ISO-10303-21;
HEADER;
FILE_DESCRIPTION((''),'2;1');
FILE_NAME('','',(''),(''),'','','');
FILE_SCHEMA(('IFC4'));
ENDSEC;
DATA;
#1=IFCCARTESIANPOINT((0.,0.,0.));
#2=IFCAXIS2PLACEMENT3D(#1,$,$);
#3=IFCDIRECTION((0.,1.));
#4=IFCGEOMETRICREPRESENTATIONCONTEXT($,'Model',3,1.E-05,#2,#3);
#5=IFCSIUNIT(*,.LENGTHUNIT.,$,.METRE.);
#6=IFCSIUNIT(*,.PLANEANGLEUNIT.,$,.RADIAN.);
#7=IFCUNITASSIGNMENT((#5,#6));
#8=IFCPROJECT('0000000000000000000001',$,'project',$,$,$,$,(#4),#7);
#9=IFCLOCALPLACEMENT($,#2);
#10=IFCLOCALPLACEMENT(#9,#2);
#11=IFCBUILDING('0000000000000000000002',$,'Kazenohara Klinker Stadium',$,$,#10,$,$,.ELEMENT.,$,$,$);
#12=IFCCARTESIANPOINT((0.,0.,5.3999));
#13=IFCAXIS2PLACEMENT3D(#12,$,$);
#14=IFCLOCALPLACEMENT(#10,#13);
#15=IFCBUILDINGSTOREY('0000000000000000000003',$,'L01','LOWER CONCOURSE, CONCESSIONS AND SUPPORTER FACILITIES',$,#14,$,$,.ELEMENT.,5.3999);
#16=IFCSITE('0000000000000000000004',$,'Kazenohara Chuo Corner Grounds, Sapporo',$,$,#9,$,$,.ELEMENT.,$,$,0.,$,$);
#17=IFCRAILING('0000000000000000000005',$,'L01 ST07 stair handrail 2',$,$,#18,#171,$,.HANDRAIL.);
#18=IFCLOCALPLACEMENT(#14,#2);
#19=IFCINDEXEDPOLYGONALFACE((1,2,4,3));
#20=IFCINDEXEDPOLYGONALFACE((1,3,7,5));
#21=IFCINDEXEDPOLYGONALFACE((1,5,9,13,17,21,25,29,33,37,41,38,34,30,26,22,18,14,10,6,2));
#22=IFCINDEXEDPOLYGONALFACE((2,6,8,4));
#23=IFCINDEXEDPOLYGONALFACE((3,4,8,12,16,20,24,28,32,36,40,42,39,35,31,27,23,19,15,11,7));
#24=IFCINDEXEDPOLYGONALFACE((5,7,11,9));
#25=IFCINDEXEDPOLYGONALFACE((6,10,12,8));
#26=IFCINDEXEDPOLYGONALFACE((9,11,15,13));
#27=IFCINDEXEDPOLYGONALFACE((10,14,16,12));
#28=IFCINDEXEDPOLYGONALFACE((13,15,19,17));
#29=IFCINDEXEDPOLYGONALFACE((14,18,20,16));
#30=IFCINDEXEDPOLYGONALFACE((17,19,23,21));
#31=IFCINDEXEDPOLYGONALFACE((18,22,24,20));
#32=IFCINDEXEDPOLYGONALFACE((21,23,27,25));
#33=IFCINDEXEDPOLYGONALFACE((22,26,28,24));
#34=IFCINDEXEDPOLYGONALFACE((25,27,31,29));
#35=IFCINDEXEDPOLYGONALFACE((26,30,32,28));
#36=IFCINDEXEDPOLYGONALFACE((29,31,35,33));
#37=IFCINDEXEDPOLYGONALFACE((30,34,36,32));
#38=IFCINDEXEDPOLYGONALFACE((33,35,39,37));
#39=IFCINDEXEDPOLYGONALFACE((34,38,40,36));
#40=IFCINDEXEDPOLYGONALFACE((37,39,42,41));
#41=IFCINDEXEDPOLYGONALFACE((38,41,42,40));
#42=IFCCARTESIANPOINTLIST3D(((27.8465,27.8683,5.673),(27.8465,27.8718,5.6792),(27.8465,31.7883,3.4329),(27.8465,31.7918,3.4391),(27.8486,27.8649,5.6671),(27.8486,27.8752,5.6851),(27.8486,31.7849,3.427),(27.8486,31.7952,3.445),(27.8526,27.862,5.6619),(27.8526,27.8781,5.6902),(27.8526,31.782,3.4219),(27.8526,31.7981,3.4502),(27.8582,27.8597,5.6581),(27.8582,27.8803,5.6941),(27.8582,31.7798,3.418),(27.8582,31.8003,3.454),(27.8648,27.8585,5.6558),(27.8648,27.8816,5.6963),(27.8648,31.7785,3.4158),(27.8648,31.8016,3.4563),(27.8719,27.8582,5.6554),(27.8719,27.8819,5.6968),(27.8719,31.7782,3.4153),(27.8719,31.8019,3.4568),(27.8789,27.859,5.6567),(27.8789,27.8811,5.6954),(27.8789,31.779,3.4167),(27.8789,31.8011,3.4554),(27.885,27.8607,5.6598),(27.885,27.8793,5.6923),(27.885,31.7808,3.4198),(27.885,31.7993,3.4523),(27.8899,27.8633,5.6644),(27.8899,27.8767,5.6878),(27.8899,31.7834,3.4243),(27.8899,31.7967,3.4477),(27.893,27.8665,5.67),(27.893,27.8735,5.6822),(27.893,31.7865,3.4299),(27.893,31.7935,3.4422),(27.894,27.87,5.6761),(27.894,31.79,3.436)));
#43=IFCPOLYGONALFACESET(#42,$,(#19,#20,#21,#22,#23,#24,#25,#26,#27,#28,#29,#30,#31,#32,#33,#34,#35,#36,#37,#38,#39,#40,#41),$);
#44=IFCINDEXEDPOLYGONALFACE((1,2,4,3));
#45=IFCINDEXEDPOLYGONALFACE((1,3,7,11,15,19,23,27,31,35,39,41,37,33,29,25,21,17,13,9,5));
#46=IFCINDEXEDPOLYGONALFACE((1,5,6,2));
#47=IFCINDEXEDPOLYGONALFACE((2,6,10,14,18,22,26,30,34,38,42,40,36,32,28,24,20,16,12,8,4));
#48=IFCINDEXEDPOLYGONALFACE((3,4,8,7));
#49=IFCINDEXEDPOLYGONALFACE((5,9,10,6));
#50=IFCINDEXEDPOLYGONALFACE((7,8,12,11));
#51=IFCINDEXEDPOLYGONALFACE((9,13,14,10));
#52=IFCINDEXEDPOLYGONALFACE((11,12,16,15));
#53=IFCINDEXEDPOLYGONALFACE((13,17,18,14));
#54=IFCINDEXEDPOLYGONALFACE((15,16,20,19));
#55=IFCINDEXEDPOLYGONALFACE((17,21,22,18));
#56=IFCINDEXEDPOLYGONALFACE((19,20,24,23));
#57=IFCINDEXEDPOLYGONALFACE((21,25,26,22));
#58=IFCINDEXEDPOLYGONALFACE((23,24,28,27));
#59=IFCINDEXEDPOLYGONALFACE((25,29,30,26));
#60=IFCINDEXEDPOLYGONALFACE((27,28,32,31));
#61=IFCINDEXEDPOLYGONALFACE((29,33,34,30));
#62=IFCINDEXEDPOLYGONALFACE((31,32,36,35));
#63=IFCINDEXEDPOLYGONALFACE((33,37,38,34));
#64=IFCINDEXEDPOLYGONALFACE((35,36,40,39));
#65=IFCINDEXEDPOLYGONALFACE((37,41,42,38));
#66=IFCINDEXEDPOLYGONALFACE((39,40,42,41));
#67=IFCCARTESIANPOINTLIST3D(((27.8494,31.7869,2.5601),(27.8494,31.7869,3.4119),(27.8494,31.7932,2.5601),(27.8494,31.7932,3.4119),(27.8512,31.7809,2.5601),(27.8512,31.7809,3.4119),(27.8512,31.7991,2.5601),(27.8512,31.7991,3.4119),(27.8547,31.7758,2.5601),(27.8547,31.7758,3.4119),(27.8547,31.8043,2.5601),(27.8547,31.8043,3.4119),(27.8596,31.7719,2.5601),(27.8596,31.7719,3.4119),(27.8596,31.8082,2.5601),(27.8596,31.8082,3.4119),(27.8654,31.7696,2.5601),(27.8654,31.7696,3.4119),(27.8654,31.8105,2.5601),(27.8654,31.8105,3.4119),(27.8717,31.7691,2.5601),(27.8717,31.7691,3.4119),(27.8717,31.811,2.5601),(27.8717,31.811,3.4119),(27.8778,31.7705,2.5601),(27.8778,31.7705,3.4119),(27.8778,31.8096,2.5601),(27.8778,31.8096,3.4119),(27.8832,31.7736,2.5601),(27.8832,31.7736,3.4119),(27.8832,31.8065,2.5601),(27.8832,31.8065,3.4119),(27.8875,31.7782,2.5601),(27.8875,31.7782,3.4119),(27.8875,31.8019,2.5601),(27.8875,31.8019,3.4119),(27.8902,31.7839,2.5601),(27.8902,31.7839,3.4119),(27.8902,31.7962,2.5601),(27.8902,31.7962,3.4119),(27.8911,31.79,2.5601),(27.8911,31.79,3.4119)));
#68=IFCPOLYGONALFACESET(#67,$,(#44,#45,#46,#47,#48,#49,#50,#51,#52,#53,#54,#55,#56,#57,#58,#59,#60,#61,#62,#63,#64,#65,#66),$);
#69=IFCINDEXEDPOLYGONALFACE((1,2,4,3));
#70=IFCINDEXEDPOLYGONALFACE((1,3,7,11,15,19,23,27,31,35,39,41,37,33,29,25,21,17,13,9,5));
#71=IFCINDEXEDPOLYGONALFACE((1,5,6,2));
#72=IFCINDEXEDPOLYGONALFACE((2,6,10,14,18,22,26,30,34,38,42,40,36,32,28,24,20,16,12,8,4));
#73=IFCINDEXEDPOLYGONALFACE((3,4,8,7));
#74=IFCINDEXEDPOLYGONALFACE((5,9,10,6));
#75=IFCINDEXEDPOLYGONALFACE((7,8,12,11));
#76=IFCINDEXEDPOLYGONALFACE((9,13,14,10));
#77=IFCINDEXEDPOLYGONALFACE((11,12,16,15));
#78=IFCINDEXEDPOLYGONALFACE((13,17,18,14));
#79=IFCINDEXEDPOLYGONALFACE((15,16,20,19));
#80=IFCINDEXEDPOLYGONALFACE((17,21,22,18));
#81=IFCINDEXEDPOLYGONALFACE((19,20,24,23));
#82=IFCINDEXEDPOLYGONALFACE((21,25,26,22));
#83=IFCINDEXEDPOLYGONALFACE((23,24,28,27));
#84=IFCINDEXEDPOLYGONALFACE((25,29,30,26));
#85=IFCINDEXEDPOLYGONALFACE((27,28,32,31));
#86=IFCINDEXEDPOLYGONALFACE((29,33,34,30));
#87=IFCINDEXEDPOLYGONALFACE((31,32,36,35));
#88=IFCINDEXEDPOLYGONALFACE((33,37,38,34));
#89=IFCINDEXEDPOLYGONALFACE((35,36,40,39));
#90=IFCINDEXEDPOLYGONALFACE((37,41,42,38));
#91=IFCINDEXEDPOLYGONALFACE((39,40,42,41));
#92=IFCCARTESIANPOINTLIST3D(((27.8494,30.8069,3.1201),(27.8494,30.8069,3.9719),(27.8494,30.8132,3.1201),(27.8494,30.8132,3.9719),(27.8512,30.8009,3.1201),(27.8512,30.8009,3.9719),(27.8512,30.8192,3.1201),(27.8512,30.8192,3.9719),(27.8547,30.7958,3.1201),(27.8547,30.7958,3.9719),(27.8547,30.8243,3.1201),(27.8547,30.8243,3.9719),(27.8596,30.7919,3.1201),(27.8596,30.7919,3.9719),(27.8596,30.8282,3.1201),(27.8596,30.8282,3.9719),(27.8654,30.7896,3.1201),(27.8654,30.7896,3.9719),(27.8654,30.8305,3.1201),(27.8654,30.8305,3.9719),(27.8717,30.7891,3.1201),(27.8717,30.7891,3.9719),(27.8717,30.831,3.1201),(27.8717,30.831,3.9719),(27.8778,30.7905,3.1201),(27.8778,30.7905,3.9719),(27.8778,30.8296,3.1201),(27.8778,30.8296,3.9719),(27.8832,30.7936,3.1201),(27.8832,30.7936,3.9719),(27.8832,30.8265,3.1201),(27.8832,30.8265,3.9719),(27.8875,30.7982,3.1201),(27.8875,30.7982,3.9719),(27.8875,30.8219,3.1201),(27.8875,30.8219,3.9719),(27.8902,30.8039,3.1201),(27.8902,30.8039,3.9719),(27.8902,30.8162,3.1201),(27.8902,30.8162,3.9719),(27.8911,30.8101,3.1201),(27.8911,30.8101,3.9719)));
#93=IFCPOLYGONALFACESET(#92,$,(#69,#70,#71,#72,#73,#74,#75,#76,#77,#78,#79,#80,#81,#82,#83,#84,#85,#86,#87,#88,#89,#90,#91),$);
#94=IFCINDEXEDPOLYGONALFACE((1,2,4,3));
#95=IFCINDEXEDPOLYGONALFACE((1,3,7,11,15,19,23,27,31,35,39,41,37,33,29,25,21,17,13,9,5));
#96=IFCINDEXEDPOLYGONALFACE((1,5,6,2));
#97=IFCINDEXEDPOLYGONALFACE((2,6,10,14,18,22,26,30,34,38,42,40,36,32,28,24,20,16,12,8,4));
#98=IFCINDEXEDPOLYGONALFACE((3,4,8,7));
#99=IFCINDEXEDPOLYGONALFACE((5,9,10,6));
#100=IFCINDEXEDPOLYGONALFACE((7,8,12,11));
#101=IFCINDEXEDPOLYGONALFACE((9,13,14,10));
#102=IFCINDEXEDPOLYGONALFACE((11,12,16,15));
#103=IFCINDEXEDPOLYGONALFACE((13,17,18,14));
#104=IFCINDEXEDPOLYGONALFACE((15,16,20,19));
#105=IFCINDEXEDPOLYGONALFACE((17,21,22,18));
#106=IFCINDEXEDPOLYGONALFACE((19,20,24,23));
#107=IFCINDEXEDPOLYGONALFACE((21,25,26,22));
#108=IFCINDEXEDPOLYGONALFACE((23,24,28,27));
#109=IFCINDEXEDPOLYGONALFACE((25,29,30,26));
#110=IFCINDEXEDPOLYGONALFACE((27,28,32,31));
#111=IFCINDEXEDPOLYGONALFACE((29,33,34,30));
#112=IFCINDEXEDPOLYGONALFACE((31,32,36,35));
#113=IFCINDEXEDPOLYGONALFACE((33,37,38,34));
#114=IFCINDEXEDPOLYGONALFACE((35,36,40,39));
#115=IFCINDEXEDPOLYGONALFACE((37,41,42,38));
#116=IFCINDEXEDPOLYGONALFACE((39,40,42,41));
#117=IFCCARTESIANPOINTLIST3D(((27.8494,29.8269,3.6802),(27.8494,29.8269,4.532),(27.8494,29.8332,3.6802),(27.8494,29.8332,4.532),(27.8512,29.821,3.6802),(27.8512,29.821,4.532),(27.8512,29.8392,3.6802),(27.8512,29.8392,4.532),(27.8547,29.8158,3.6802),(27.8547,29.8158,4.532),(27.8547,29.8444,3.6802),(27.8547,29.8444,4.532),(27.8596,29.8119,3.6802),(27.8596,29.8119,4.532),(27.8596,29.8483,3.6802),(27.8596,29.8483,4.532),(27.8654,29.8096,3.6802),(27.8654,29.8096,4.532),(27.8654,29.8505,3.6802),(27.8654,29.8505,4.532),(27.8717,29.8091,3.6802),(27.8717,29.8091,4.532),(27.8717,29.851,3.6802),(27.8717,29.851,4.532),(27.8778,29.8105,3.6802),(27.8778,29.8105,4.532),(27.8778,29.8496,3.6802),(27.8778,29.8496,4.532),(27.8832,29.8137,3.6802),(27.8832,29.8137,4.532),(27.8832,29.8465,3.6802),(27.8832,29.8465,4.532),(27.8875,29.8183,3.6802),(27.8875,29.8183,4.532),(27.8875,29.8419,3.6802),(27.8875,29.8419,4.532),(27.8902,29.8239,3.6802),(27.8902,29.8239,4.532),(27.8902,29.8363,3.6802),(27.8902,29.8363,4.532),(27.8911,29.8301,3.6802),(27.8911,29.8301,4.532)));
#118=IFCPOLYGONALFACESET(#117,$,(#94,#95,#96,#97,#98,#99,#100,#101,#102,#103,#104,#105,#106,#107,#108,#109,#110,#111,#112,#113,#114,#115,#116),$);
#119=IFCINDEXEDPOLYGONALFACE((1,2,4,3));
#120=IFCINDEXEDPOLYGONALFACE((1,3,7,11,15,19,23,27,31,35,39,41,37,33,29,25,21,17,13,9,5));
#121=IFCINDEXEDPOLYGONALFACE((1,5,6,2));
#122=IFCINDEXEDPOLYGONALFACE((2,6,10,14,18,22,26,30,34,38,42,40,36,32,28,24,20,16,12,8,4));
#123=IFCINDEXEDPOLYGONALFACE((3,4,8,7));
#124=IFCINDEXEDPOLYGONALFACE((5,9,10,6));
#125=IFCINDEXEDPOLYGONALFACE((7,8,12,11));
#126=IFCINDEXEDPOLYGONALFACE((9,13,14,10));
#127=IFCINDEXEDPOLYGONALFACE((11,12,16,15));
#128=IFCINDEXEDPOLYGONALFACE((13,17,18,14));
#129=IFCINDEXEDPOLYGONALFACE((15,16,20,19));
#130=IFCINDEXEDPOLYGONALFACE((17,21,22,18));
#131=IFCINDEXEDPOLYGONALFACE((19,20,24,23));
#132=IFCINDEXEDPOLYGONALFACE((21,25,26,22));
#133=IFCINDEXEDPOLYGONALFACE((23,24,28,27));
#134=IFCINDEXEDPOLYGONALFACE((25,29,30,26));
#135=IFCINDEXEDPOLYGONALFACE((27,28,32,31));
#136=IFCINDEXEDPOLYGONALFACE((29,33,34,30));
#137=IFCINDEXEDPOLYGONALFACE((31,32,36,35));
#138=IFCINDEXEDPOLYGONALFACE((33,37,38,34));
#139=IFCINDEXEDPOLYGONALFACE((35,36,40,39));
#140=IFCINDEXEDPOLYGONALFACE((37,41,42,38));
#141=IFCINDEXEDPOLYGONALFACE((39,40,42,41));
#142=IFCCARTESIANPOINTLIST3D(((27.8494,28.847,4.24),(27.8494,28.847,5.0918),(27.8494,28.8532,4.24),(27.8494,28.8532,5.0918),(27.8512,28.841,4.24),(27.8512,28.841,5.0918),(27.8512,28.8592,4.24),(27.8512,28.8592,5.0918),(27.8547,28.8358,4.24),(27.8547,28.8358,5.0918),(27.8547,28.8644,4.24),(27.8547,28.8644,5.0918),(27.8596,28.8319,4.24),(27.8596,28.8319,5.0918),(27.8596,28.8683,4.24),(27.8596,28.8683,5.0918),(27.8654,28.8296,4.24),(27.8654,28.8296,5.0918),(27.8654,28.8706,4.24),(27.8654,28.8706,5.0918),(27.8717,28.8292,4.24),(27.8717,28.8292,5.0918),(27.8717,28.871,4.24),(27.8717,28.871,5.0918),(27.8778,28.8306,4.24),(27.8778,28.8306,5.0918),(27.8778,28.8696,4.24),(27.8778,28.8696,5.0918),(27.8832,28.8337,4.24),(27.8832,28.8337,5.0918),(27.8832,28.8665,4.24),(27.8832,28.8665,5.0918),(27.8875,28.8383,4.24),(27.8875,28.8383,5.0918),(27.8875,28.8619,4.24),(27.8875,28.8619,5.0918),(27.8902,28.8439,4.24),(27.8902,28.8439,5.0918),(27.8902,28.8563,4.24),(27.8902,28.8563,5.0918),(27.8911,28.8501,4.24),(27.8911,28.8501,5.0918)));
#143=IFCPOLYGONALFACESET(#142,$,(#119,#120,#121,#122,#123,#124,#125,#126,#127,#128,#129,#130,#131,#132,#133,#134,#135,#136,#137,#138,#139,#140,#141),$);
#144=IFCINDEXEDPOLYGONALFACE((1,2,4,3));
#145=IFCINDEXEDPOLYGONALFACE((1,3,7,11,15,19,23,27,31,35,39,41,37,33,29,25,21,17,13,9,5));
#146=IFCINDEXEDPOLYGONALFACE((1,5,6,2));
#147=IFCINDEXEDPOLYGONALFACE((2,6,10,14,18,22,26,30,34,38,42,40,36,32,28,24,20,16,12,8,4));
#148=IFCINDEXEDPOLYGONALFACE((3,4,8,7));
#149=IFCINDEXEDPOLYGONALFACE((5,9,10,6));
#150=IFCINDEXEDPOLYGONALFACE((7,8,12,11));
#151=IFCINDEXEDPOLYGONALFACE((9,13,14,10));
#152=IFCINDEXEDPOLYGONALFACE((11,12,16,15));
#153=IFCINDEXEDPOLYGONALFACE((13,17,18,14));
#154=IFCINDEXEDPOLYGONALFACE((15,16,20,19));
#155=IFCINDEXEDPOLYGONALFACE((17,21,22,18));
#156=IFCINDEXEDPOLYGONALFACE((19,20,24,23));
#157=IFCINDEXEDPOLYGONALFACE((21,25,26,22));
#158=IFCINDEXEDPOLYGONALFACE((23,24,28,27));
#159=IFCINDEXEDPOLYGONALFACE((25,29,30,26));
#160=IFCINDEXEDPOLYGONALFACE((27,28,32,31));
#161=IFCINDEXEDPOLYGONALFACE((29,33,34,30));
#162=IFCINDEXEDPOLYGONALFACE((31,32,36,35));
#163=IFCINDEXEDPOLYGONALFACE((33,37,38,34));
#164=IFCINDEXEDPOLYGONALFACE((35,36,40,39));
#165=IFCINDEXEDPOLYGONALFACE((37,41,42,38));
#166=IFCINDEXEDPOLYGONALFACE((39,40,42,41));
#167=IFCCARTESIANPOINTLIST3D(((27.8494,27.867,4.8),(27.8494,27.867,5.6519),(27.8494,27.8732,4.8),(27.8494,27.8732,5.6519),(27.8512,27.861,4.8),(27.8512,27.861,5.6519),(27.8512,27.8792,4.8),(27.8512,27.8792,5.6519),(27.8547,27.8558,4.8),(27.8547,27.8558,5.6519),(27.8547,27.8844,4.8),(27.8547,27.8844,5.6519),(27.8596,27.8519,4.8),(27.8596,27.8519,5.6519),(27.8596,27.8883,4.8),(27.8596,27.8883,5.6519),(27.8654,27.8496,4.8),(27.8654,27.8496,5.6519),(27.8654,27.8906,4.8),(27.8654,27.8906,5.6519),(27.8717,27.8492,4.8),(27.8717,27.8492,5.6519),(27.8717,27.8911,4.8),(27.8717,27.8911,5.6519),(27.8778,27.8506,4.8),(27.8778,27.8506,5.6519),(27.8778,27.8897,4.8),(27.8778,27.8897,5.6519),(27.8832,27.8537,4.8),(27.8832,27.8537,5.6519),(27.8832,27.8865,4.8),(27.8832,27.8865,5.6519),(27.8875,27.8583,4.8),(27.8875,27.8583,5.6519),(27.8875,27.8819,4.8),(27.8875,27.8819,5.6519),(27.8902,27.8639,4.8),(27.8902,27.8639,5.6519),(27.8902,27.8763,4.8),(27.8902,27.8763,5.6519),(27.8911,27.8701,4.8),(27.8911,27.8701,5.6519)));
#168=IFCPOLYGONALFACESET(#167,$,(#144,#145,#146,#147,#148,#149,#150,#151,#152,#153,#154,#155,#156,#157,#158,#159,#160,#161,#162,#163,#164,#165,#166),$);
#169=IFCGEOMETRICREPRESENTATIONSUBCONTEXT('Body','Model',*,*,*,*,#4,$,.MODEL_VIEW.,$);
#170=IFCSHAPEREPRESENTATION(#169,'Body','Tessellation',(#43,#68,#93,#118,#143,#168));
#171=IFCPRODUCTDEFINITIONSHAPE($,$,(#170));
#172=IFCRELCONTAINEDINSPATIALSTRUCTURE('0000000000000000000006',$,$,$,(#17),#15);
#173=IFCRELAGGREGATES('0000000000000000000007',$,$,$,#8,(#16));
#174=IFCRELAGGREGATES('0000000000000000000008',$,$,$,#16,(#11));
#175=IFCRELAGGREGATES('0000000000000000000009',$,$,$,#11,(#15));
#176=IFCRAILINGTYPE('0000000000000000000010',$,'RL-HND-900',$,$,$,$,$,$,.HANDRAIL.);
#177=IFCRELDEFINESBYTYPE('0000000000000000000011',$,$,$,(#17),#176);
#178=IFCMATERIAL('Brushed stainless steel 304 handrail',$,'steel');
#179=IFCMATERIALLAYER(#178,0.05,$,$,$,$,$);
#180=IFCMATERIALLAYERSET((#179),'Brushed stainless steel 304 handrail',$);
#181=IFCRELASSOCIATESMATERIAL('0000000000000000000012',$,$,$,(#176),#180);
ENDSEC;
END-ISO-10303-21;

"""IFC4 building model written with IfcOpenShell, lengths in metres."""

from ifc_helpers import new_model, si_unit, direction, frame, origin, origin_2d, place, context, subcontext, project, spatial, circle, extrude, material, layer, layer_set, type_object, element, save


model = new_model("IFC4")

# Units and contexts
model_context = context("Model", 3, precision=1e-05, world=origin(), true_north=direction((0.0, 1.0)))
body_context = subcontext(model_context, "Body", "Model", "MODEL_VIEW")
ifc_project = project(units=[si_unit("LENGTHUNIT", "METRE"), si_unit("PLANEANGLEUNIT", "RADIAN")], contexts=[model_context])

# Site, building, storey
site_placement = place(None, origin())
site = spatial("IfcSite", under=ifc_project, at=site_placement, Name="Kazenohara Chuo Corner Grounds, Sapporo", CompositionType="ELEMENT", RefElevation=0.0)
building_placement = place(site_placement, origin())
building = spatial("IfcBuilding", under=site, at=building_placement, Name="Kazenohara Klinker Stadium", CompositionType="ELEMENT")
storey_placement = place(building_placement, frame((0.0, 0.0, 5.3999)))
storey = spatial("IfcBuildingStorey", under=building, at=storey_placement, Name="L01", Description="LOWER CONCOURSE, CONCESSIONS AND SUPPORTER FACILITIES", CompositionType="ELEMENT", Elevation=5.3999)

# Railing
ifc_material_1 = material(Name="Brushed stainless steel 304 handrail", Category="steel")
ifc_layer_1 = layer(ifc_material_1, 0.05)
ifc_layer_set_1 = layer_set([ifc_layer_1], Name="Brushed stainless steel 304 handrail")
railing_type_1 = type_object("IfcRailingType", Name="RL-HND-900", PredefinedType="HANDRAIL", material=ifc_layer_set_1)
railing_1_placement = place(storey_placement, frame((27.8701, 31.79, 2.5601)))
element("IfcRailing", 1, at=railing_1_placement, inside=storey, type_object=railing_type_1, Name="L01 ST07 stair handrail 2", PredefinedType="HANDRAIL", context=body_context, shape_type="SweptSolid", body=[
    extrude(circle(Radius=0.0239, at=origin_2d()), frame((0.0, 0.0, 0.876), z_axis=(0.0, -0.86824, 0.496145), x_axis=(1.0, 0.0, 0.0)), (0.0, 0.0, 1.0), 4.5149),
    extrude(circle(Radius=0.021, at=origin_2d()), origin(), (0.0, 0.0, 1.0), 0.8518),
    extrude(circle(Radius=0.021, at=origin_2d()), frame((0.0, -0.98, 0.5601)), (0.0, 0.0, 1.0), 0.8518),
    extrude(circle(Radius=0.021, at=origin_2d()), frame((0.0, -1.96, 1.1201)), (0.0, 0.0, 1.0), 0.8518),
    extrude(circle(Radius=0.021, at=origin_2d()), frame((0.0, -2.9399, 1.6799)), (0.0, 0.0, 1.0), 0.8518),
    extrude(circle(Radius=0.021, at=origin_2d()), frame((0.0, -3.9199, 2.24)), (0.0, 0.0, 1.0), 0.8518),
])

save(model, "model.ifc")
